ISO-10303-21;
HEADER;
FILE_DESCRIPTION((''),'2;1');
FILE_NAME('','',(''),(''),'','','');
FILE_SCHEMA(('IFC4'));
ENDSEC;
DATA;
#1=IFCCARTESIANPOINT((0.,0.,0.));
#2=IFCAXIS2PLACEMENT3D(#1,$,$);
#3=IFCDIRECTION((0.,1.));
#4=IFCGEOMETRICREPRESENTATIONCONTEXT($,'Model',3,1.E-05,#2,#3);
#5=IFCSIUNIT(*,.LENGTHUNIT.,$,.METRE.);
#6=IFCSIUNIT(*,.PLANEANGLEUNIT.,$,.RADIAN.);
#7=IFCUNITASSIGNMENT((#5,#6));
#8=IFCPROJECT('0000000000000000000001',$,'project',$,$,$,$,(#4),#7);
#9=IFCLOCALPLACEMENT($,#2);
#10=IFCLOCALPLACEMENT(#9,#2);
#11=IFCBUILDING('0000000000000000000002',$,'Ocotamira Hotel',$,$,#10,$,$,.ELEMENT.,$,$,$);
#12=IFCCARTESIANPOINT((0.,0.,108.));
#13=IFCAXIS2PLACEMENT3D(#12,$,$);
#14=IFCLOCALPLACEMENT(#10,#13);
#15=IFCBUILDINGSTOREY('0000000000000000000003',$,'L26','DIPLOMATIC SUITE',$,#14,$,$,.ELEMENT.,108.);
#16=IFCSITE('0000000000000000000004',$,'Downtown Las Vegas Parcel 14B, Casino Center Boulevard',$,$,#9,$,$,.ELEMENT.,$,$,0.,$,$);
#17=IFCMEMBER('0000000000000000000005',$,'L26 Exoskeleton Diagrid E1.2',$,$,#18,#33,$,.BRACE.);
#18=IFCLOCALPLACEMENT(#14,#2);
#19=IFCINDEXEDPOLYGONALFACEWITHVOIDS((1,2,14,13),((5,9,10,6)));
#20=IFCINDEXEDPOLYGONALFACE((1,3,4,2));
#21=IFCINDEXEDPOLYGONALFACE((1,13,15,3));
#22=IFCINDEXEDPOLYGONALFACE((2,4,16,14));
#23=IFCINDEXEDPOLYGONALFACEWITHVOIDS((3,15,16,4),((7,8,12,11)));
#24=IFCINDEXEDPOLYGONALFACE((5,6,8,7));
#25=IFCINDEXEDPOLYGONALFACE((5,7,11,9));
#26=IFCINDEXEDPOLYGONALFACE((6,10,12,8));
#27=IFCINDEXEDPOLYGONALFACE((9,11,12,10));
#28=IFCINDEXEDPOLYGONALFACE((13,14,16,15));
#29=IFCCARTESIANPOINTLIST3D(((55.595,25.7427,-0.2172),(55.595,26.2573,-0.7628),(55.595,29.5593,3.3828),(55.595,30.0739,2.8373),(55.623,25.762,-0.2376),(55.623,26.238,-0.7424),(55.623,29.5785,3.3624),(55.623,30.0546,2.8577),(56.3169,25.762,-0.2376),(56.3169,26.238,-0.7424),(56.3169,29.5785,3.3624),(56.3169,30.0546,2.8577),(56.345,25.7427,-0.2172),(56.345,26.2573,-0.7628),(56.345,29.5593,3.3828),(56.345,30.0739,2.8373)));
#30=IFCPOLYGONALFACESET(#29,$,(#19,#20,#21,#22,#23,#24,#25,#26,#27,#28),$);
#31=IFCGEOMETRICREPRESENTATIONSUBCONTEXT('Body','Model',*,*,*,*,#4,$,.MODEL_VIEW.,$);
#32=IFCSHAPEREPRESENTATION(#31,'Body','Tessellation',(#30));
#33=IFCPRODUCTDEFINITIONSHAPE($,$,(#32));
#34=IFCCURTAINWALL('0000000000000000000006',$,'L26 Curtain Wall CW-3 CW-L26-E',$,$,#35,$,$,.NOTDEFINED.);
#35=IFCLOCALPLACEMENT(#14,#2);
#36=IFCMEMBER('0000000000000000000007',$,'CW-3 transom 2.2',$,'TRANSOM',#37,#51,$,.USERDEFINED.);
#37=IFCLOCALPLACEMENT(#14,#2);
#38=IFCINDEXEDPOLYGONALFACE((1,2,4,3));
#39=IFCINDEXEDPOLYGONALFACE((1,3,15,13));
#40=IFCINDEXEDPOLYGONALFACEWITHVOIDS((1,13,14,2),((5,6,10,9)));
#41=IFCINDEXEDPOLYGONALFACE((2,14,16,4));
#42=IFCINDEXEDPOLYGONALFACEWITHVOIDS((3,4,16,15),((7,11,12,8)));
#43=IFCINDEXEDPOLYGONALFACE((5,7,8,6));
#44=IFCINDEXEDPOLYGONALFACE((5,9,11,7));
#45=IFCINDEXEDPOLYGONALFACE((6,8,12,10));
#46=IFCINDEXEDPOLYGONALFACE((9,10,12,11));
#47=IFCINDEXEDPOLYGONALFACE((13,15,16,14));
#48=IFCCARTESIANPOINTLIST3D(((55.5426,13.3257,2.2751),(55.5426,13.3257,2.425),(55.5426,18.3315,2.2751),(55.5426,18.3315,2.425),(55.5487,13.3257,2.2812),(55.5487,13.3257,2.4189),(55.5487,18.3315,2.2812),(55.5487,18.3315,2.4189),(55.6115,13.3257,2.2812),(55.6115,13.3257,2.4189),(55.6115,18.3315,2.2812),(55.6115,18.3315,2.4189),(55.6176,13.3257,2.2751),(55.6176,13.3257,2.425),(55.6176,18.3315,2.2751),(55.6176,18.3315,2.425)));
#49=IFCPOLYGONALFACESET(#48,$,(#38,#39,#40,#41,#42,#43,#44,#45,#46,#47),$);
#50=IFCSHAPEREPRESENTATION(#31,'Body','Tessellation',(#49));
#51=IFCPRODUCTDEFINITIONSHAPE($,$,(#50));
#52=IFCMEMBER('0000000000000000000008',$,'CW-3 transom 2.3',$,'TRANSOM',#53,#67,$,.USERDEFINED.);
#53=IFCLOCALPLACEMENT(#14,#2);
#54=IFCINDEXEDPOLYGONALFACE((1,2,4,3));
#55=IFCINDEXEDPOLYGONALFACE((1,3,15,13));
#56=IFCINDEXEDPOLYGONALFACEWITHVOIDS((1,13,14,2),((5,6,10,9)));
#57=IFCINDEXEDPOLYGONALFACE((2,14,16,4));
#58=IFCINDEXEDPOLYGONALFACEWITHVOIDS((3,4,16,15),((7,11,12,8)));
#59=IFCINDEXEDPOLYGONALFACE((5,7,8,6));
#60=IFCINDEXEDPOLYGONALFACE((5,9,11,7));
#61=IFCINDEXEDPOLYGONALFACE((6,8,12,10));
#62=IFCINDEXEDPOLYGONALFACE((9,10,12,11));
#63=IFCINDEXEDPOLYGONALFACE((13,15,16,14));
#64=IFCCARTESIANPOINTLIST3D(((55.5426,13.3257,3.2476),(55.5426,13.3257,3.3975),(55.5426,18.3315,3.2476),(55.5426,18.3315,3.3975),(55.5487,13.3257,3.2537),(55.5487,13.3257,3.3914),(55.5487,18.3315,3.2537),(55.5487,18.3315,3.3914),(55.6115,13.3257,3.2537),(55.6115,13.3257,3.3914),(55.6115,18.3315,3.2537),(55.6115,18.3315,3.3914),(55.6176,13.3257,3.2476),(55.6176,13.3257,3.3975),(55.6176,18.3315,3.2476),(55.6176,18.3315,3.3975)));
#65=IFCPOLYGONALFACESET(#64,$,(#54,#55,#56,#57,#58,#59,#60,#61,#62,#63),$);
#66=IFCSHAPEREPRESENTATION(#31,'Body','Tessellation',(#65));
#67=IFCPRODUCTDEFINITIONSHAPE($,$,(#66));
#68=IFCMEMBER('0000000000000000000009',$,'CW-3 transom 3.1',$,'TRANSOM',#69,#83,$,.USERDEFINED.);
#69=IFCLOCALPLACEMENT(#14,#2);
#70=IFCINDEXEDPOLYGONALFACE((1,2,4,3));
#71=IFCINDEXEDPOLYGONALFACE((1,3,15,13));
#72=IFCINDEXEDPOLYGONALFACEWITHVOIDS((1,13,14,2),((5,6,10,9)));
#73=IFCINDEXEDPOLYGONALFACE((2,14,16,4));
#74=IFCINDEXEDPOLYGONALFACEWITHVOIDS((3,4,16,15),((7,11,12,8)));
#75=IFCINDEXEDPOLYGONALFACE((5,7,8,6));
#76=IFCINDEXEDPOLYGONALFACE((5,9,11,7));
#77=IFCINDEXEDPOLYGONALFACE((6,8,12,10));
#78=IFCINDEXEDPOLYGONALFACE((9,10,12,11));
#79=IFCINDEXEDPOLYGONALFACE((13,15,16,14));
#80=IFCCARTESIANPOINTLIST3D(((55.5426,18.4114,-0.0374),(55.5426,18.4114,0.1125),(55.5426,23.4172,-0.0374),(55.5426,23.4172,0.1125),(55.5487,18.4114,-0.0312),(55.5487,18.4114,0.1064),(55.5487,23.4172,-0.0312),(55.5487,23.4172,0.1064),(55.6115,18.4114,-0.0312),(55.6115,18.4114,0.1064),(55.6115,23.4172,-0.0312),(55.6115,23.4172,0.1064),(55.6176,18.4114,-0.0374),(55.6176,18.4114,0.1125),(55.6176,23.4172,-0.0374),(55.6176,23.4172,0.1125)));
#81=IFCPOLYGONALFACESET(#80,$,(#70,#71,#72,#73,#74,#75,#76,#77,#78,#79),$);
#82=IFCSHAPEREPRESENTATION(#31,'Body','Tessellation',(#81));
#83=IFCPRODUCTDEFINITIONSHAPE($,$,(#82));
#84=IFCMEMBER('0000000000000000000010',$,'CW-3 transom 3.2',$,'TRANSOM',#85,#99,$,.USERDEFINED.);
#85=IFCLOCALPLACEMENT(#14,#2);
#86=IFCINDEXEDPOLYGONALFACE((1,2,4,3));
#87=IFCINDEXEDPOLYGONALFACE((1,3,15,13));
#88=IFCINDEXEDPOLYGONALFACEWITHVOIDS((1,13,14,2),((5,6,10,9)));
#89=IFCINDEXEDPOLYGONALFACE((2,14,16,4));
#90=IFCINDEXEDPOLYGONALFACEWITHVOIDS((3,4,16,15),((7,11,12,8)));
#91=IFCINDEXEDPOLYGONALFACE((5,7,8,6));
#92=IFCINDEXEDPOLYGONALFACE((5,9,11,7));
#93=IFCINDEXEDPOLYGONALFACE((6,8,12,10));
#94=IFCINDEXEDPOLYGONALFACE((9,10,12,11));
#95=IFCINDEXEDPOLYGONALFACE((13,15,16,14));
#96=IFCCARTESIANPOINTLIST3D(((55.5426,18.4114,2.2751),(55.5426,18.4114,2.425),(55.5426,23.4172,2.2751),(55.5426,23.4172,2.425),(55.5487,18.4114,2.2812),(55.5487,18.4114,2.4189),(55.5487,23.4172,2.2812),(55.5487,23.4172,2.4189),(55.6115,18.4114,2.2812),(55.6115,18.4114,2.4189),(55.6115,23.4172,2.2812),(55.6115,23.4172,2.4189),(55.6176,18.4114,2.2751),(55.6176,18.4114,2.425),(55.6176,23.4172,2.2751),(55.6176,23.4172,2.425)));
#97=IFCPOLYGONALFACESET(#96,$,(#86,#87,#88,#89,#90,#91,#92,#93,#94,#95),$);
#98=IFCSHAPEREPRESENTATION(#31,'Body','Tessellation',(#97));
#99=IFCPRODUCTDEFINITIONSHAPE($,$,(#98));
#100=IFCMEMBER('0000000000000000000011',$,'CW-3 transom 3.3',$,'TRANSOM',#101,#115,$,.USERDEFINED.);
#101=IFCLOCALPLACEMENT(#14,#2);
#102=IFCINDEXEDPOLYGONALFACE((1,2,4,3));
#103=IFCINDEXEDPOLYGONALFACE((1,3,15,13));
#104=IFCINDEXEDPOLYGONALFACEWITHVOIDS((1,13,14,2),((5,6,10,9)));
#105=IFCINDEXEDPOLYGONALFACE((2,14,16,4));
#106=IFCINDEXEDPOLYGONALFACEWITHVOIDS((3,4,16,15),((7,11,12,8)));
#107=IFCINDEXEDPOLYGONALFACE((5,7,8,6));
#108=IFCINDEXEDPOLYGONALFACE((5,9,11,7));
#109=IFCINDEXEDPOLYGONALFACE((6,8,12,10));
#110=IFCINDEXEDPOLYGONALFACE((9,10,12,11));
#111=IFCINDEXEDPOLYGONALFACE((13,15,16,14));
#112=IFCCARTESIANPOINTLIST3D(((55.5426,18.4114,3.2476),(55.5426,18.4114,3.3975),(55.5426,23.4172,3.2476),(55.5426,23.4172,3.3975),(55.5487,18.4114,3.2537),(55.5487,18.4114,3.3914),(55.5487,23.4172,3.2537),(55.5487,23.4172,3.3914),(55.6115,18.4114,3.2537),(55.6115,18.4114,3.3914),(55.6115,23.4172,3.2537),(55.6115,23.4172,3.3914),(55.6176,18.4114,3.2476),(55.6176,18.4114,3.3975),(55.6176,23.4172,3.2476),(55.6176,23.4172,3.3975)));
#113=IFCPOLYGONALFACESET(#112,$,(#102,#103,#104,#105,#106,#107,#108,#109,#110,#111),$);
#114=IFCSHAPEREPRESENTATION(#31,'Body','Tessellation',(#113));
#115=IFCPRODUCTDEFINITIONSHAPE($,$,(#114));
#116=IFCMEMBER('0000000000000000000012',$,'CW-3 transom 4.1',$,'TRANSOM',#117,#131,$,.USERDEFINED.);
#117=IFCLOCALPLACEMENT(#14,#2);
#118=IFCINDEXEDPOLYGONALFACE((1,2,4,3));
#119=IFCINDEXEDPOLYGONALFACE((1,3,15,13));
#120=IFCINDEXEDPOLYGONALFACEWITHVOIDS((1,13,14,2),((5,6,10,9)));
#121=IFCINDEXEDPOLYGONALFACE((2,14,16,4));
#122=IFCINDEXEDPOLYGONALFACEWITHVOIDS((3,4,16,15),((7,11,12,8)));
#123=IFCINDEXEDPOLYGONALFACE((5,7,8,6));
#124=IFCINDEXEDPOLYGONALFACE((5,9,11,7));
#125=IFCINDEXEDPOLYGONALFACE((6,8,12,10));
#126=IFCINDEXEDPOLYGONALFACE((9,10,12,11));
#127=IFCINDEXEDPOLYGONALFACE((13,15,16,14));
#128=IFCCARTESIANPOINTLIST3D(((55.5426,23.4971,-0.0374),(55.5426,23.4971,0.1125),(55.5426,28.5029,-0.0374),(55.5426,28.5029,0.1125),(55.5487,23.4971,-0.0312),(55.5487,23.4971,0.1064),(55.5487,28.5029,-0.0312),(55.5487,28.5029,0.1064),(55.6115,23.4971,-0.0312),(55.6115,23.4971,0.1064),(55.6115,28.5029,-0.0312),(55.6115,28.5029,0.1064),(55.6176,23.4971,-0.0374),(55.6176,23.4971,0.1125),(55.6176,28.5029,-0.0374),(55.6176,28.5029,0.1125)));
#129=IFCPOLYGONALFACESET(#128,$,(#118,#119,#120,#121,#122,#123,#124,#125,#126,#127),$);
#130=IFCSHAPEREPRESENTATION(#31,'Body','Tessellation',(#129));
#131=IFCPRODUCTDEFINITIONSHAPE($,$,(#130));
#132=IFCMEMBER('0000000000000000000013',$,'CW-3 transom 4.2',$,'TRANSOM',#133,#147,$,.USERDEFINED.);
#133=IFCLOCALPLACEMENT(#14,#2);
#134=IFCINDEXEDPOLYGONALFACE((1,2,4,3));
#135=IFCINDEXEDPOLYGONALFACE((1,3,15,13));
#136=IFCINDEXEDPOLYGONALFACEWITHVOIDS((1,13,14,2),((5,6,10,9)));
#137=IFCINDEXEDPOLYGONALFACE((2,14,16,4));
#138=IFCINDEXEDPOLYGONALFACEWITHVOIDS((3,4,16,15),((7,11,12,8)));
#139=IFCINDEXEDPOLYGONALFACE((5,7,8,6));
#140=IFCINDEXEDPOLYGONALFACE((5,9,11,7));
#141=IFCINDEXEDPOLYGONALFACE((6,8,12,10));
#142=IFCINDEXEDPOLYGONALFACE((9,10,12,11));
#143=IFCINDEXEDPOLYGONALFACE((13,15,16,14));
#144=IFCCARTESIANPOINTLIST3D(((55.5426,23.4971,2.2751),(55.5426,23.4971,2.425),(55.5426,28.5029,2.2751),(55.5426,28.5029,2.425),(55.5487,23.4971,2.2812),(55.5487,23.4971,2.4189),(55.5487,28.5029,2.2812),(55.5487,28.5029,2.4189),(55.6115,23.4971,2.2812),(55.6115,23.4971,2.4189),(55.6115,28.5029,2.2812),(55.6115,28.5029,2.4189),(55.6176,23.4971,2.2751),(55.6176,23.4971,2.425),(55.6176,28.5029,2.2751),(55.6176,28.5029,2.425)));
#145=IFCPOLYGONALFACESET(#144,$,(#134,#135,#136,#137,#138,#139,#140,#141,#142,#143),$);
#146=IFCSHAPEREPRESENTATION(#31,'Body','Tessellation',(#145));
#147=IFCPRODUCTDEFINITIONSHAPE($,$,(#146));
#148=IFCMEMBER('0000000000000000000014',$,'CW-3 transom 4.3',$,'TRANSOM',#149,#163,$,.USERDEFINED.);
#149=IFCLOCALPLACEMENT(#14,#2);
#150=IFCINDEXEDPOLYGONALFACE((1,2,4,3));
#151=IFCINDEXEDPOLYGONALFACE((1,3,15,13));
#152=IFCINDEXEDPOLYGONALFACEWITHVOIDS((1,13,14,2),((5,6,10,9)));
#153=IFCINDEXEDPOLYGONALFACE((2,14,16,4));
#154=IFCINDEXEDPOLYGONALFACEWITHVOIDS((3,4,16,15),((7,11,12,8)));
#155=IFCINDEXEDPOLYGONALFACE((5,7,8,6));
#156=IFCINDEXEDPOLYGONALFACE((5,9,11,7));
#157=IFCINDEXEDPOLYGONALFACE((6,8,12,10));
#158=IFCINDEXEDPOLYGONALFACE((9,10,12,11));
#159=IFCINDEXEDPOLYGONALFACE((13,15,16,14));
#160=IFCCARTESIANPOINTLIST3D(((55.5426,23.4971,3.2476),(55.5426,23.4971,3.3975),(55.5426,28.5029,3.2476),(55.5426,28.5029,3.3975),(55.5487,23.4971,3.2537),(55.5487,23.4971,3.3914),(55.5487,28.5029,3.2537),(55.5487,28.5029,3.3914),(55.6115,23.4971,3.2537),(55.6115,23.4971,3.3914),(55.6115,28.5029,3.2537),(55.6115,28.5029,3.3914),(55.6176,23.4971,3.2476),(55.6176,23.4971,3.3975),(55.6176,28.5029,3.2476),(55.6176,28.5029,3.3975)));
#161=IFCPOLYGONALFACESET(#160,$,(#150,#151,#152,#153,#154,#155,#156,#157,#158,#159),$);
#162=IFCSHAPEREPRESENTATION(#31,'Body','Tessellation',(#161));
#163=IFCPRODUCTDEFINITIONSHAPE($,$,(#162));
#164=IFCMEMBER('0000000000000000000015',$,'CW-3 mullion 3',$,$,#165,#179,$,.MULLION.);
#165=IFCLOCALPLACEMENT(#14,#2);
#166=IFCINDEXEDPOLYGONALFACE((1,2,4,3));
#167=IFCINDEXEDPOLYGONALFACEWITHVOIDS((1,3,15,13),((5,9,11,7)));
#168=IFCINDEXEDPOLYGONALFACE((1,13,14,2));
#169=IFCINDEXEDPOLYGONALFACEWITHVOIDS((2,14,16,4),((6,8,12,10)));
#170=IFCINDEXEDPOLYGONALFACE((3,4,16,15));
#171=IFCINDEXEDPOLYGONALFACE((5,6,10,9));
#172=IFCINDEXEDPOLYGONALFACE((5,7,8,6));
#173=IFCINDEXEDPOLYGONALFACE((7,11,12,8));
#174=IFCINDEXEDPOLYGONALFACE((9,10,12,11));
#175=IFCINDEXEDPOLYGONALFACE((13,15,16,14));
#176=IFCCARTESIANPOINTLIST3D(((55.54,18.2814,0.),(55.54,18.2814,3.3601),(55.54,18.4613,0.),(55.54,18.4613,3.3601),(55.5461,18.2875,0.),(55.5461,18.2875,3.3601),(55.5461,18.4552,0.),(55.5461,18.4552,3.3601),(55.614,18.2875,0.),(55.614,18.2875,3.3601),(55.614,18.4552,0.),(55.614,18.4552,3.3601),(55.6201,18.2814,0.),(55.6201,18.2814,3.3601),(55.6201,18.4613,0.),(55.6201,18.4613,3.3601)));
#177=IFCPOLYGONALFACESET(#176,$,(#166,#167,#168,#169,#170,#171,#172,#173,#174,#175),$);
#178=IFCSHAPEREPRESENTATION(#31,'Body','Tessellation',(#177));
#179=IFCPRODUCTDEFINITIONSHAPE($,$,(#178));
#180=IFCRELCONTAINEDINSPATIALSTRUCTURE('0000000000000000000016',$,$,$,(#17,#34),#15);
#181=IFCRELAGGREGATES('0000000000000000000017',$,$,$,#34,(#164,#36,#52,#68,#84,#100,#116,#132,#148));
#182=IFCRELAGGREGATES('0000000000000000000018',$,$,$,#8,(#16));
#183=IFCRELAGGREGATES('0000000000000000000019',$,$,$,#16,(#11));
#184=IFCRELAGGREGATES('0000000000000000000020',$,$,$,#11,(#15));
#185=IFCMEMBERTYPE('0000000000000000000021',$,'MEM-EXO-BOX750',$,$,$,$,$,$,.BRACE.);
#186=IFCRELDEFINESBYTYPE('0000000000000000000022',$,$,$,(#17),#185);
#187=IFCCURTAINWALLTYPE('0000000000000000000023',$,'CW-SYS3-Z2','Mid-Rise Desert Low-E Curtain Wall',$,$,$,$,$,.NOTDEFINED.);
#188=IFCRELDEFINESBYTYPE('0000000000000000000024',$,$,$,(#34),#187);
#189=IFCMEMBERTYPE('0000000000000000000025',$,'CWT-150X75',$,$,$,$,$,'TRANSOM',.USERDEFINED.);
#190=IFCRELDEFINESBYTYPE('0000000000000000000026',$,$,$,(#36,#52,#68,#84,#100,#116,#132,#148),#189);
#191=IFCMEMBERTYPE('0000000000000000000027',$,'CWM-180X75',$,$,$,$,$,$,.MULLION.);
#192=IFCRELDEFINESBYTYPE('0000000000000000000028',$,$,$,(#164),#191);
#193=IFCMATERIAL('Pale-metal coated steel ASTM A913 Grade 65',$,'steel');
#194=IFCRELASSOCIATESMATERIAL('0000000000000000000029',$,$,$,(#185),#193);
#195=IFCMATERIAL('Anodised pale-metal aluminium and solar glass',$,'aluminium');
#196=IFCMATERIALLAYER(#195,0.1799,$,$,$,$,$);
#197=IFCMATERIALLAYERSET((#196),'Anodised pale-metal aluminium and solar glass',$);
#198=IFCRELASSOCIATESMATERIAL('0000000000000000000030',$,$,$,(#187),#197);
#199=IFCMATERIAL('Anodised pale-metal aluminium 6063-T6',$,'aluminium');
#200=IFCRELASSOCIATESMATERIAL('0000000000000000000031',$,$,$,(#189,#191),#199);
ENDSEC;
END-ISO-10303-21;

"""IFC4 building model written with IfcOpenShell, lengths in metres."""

from ifc_helpers import new_model, si_unit, direction, frame, origin, origin_2d, place, context, subcontext, project, spatial, hollow_rectangle, extrude, source, transform, mapped, material, layer, layer_set, material_profile, profile_set, type_object, element, aggregate, save


model = new_model("IFC4")

# Units and contexts
model_context = context("Model", 3, precision=1e-05, world=origin(), true_north=direction((0.0, 1.0)))
body_context = subcontext(model_context, "Body", "Model", "MODEL_VIEW")
ifc_project = project(units=[si_unit("LENGTHUNIT", "METRE"), si_unit("PLANEANGLEUNIT", "RADIAN")], contexts=[model_context])

# Site, building, storey
site_placement = place(None, origin())
site = spatial("IfcSite", under=ifc_project, at=site_placement, Name="Downtown Las Vegas Parcel 14B, Casino Center Boulevard", CompositionType="ELEMENT", RefElevation=0.0)
building_placement = place(site_placement, origin())
building = spatial("IfcBuilding", under=site, at=building_placement, Name="Ocotamira Hotel", CompositionType="ELEMENT")
storey_placement = place(building_placement, frame((0.0, 0.0, 108.0)))
storey = spatial("IfcBuildingStorey", under=building, at=storey_placement, Name="L26", Description="DIPLOMATIC SUITE", CompositionType="ELEMENT", Elevation=108.0)

# Member
ifc_material_1 = material(Name="Pale-metal coated steel ASTM A913 Grade 65", Category="steel")
ifc_material_profile_1 = material_profile(ifc_material_1, hollow_rectangle(XDim=0.75, YDim=0.75, WallThickness=0.0281, at=origin_2d()), Name="BOX750X750X28")
ifc_profile_set_1 = profile_set([ifc_material_profile_1], Name="Pale-metal coated steel ASTM A913 Grade 65")
member_type_1 = type_object("IfcMemberType", Name="MEM-EXO-BOX750", PredefinedType="BRACE", material=ifc_profile_set_1)
shared_shape_1 = source(origin(), body_context, "Body", "SweptSolid", [
    extrude(hollow_rectangle(XDim=0.75, YDim=0.75, WallThickness=0.0281, at=origin_2d()), origin(), (0.0, 0.0, 1.0), 5.2466),
])
for number, where, z_axis, x_axis, name in (
    (1, (55.97, 26.0, -0.49), (0.0, 0.727443, 0.686168), (-1.0, 0.0, 0.0), "L26 Exoskeleton Diagrid E1.2"),
):
    element("IfcMember", number, at=place(storey_placement, frame(where, z_axis=z_axis, x_axis=x_axis)), inside=storey, type_object=member_type_1, Name=name, PredefinedType="BRACE", context=body_context, shape_type="MappedRepresentation", body=[
        mapped(shared_shape_1, transform((0.0, 0.0, 0.0), scale=1.0)),
    ])

# Curtain wall, members
ifc_material_2 = material(Name="Anodised pale-metal aluminium and solar glass", Category="aluminium")
ifc_layer_1 = layer(ifc_material_2, 0.1799)
ifc_layer_set_1 = layer_set([ifc_layer_1], Name="Anodised pale-metal aluminium and solar glass")
curtain_wall_type = type_object("IfcCurtainWallType", Name="CW-SYS3-Z2", Description="Mid-Rise Desert Low-E Curtain Wall", PredefinedType="NOTDEFINED", material=ifc_layer_set_1)
curtain_wall_placement = place(storey_placement, origin())
curtain_wall = element("IfcCurtainWall", 2, at=curtain_wall_placement, inside=storey, type_object=curtain_wall_type, Name="L26 Curtain Wall CW-3 CW-L26-E", PredefinedType="NOTDEFINED")
ifc_material_3 = material(Name="Anodised pale-metal aluminium 6063-T6", Category="aluminium")
ifc_material_profile_2 = material_profile(ifc_material_3, hollow_rectangle(XDim=0.075, YDim=0.1499, WallThickness=0.0061, at=origin_2d()), Name="HSS150X75X6")
ifc_profile_set_2 = profile_set([ifc_material_profile_2], Name="Anodised pale-metal aluminium 6063-T6")
member_type_2 = type_object("IfcMemberType", Name="CWT-150X75", ElementType="TRANSOM", PredefinedType="USERDEFINED", material=ifc_profile_set_2)
shared_shape_2 = source(origin(), body_context, "Body", "SweptSolid", [
    extrude(hollow_rectangle(XDim=0.075, YDim=0.1499, WallThickness=0.0061, at=origin_2d()), origin(), (0.0, 0.0, 1.0), 5.0059),
])
member_1_placement = place(storey_placement, frame((55.5801, 13.3257, 2.3501), z_axis=(0.0, 1.0, 0.0), x_axis=(-1.0, 0.0, 0.0)))
member_1 = element("IfcMember", 3, at=member_1_placement, type_object=member_type_2, Name="CW-3 transom 2.2", ObjectType="TRANSOM", PredefinedType="USERDEFINED", context=body_context, shape_type="MappedRepresentation", body=[
    mapped(shared_shape_2, transform((0.0, 0.0, 0.0), scale=1.0)),
])
member_2_placement = place(storey_placement, frame((55.5801, 13.3257, 3.3225), z_axis=(0.0, 1.0, 0.0), x_axis=(-1.0, 0.0, 0.0)))
member_2 = element("IfcMember", 4, at=member_2_placement, type_object=member_type_2, Name="CW-3 transom 2.3", ObjectType="TRANSOM", PredefinedType="USERDEFINED", context=body_context, shape_type="MappedRepresentation", body=[
    mapped(shared_shape_2, transform((0.0, 0.0, 0.0), scale=1.0)),
])
member_3_placement = place(storey_placement, frame((55.5801, 18.4114, 0.0376), z_axis=(0.0, 1.0, 0.0), x_axis=(-1.0, 0.0, 0.0)))
member_3 = element("IfcMember", 5, at=member_3_placement, type_object=member_type_2, Name="CW-3 transom 3.1", ObjectType="TRANSOM", PredefinedType="USERDEFINED", context=body_context, shape_type="MappedRepresentation", body=[
    mapped(shared_shape_2, transform((0.0, 0.0, 0.0), scale=1.0)),
])
member_4_placement = place(storey_placement, frame((55.5801, 18.4114, 2.3501), z_axis=(0.0, 1.0, 0.0), x_axis=(-1.0, 0.0, 0.0)))
member_4 = element("IfcMember", 6, at=member_4_placement, type_object=member_type_2, Name="CW-3 transom 3.2", ObjectType="TRANSOM", PredefinedType="USERDEFINED", context=body_context, shape_type="MappedRepresentation", body=[
    mapped(shared_shape_2, transform((0.0, 0.0, 0.0), scale=1.0)),
])
member_5_placement = place(storey_placement, frame((55.5801, 18.4114, 3.3225), z_axis=(0.0, 1.0, 0.0), x_axis=(-1.0, 0.0, 0.0)))
member_5 = element("IfcMember", 7, at=member_5_placement, type_object=member_type_2, Name="CW-3 transom 3.3", ObjectType="TRANSOM", PredefinedType="USERDEFINED", context=body_context, shape_type="MappedRepresentation", body=[
    mapped(shared_shape_2, transform((0.0, 0.0, 0.0), scale=1.0)),
])
member_6_placement = place(storey_placement, frame((55.5801, 23.4971, 0.0376), z_axis=(0.0, 1.0, 0.0), x_axis=(-1.0, 0.0, 0.0)))
member_6 = element("IfcMember", 8, at=member_6_placement, type_object=member_type_2, Name="CW-3 transom 4.1", ObjectType="TRANSOM", PredefinedType="USERDEFINED", context=body_context, shape_type="MappedRepresentation", body=[
    mapped(shared_shape_2, transform((0.0, 0.0, 0.0), scale=1.0)),
])
member_7_placement = place(storey_placement, frame((55.5801, 23.4971, 2.3501), z_axis=(0.0, 1.0, 0.0), x_axis=(-1.0, 0.0, 0.0)))
member_7 = element("IfcMember", 9, at=member_7_placement, type_object=member_type_2, Name="CW-3 transom 4.2", ObjectType="TRANSOM", PredefinedType="USERDEFINED", context=body_context, shape_type="MappedRepresentation", body=[
    mapped(shared_shape_2, transform((0.0, 0.0, 0.0), scale=1.0)),
])
member_8_placement = place(storey_placement, frame((55.5801, 23.4971, 3.3225), z_axis=(0.0, 1.0, 0.0), x_axis=(-1.0, 0.0, 0.0)))
member_8 = element("IfcMember", 10, at=member_8_placement, type_object=member_type_2, Name="CW-3 transom 4.3", ObjectType="TRANSOM", PredefinedType="USERDEFINED", context=body_context, shape_type="MappedRepresentation", body=[
    mapped(shared_shape_2, transform((0.0, 0.0, 0.0), scale=1.0)),
])
ifc_material_profile_3 = material_profile(ifc_material_3, hollow_rectangle(XDim=0.0801, YDim=0.1799, WallThickness=0.0061, at=origin_2d()), Name="HSS180X80X6")
ifc_profile_set_3 = profile_set([ifc_material_profile_3], Name="Anodised pale-metal aluminium 6063-T6")
member_type_3 = type_object("IfcMemberType", Name="CWM-180X75", PredefinedType="MULLION", material=ifc_profile_set_3)
shared_shape_3 = source(origin(), body_context, "Body", "SweptSolid", [
    extrude(hollow_rectangle(XDim=0.0801, YDim=0.1799, WallThickness=0.0061, at=origin_2d()), origin(), (0.0, 0.0, 1.0), 3.3601),
])
member_9_placement = place(storey_placement, frame((55.5801, 18.3713, 0.0), z_axis=(0.0, 0.0, 1.0), x_axis=(-1.0, 0.0, 0.0)))
member_9 = element("IfcMember", 11, at=member_9_placement, type_object=member_type_3, Name="CW-3 mullion 3", PredefinedType="MULLION", context=body_context, shape_type="MappedRepresentation", body=[
    mapped(shared_shape_3, transform((0.0, 0.0, 0.0), scale=1.0)),
])

aggregate(curtain_wall, [member_9, member_1, member_2, member_3, member_4, member_5, member_6, member_7, member_8])

save(model, "model.ifc")
